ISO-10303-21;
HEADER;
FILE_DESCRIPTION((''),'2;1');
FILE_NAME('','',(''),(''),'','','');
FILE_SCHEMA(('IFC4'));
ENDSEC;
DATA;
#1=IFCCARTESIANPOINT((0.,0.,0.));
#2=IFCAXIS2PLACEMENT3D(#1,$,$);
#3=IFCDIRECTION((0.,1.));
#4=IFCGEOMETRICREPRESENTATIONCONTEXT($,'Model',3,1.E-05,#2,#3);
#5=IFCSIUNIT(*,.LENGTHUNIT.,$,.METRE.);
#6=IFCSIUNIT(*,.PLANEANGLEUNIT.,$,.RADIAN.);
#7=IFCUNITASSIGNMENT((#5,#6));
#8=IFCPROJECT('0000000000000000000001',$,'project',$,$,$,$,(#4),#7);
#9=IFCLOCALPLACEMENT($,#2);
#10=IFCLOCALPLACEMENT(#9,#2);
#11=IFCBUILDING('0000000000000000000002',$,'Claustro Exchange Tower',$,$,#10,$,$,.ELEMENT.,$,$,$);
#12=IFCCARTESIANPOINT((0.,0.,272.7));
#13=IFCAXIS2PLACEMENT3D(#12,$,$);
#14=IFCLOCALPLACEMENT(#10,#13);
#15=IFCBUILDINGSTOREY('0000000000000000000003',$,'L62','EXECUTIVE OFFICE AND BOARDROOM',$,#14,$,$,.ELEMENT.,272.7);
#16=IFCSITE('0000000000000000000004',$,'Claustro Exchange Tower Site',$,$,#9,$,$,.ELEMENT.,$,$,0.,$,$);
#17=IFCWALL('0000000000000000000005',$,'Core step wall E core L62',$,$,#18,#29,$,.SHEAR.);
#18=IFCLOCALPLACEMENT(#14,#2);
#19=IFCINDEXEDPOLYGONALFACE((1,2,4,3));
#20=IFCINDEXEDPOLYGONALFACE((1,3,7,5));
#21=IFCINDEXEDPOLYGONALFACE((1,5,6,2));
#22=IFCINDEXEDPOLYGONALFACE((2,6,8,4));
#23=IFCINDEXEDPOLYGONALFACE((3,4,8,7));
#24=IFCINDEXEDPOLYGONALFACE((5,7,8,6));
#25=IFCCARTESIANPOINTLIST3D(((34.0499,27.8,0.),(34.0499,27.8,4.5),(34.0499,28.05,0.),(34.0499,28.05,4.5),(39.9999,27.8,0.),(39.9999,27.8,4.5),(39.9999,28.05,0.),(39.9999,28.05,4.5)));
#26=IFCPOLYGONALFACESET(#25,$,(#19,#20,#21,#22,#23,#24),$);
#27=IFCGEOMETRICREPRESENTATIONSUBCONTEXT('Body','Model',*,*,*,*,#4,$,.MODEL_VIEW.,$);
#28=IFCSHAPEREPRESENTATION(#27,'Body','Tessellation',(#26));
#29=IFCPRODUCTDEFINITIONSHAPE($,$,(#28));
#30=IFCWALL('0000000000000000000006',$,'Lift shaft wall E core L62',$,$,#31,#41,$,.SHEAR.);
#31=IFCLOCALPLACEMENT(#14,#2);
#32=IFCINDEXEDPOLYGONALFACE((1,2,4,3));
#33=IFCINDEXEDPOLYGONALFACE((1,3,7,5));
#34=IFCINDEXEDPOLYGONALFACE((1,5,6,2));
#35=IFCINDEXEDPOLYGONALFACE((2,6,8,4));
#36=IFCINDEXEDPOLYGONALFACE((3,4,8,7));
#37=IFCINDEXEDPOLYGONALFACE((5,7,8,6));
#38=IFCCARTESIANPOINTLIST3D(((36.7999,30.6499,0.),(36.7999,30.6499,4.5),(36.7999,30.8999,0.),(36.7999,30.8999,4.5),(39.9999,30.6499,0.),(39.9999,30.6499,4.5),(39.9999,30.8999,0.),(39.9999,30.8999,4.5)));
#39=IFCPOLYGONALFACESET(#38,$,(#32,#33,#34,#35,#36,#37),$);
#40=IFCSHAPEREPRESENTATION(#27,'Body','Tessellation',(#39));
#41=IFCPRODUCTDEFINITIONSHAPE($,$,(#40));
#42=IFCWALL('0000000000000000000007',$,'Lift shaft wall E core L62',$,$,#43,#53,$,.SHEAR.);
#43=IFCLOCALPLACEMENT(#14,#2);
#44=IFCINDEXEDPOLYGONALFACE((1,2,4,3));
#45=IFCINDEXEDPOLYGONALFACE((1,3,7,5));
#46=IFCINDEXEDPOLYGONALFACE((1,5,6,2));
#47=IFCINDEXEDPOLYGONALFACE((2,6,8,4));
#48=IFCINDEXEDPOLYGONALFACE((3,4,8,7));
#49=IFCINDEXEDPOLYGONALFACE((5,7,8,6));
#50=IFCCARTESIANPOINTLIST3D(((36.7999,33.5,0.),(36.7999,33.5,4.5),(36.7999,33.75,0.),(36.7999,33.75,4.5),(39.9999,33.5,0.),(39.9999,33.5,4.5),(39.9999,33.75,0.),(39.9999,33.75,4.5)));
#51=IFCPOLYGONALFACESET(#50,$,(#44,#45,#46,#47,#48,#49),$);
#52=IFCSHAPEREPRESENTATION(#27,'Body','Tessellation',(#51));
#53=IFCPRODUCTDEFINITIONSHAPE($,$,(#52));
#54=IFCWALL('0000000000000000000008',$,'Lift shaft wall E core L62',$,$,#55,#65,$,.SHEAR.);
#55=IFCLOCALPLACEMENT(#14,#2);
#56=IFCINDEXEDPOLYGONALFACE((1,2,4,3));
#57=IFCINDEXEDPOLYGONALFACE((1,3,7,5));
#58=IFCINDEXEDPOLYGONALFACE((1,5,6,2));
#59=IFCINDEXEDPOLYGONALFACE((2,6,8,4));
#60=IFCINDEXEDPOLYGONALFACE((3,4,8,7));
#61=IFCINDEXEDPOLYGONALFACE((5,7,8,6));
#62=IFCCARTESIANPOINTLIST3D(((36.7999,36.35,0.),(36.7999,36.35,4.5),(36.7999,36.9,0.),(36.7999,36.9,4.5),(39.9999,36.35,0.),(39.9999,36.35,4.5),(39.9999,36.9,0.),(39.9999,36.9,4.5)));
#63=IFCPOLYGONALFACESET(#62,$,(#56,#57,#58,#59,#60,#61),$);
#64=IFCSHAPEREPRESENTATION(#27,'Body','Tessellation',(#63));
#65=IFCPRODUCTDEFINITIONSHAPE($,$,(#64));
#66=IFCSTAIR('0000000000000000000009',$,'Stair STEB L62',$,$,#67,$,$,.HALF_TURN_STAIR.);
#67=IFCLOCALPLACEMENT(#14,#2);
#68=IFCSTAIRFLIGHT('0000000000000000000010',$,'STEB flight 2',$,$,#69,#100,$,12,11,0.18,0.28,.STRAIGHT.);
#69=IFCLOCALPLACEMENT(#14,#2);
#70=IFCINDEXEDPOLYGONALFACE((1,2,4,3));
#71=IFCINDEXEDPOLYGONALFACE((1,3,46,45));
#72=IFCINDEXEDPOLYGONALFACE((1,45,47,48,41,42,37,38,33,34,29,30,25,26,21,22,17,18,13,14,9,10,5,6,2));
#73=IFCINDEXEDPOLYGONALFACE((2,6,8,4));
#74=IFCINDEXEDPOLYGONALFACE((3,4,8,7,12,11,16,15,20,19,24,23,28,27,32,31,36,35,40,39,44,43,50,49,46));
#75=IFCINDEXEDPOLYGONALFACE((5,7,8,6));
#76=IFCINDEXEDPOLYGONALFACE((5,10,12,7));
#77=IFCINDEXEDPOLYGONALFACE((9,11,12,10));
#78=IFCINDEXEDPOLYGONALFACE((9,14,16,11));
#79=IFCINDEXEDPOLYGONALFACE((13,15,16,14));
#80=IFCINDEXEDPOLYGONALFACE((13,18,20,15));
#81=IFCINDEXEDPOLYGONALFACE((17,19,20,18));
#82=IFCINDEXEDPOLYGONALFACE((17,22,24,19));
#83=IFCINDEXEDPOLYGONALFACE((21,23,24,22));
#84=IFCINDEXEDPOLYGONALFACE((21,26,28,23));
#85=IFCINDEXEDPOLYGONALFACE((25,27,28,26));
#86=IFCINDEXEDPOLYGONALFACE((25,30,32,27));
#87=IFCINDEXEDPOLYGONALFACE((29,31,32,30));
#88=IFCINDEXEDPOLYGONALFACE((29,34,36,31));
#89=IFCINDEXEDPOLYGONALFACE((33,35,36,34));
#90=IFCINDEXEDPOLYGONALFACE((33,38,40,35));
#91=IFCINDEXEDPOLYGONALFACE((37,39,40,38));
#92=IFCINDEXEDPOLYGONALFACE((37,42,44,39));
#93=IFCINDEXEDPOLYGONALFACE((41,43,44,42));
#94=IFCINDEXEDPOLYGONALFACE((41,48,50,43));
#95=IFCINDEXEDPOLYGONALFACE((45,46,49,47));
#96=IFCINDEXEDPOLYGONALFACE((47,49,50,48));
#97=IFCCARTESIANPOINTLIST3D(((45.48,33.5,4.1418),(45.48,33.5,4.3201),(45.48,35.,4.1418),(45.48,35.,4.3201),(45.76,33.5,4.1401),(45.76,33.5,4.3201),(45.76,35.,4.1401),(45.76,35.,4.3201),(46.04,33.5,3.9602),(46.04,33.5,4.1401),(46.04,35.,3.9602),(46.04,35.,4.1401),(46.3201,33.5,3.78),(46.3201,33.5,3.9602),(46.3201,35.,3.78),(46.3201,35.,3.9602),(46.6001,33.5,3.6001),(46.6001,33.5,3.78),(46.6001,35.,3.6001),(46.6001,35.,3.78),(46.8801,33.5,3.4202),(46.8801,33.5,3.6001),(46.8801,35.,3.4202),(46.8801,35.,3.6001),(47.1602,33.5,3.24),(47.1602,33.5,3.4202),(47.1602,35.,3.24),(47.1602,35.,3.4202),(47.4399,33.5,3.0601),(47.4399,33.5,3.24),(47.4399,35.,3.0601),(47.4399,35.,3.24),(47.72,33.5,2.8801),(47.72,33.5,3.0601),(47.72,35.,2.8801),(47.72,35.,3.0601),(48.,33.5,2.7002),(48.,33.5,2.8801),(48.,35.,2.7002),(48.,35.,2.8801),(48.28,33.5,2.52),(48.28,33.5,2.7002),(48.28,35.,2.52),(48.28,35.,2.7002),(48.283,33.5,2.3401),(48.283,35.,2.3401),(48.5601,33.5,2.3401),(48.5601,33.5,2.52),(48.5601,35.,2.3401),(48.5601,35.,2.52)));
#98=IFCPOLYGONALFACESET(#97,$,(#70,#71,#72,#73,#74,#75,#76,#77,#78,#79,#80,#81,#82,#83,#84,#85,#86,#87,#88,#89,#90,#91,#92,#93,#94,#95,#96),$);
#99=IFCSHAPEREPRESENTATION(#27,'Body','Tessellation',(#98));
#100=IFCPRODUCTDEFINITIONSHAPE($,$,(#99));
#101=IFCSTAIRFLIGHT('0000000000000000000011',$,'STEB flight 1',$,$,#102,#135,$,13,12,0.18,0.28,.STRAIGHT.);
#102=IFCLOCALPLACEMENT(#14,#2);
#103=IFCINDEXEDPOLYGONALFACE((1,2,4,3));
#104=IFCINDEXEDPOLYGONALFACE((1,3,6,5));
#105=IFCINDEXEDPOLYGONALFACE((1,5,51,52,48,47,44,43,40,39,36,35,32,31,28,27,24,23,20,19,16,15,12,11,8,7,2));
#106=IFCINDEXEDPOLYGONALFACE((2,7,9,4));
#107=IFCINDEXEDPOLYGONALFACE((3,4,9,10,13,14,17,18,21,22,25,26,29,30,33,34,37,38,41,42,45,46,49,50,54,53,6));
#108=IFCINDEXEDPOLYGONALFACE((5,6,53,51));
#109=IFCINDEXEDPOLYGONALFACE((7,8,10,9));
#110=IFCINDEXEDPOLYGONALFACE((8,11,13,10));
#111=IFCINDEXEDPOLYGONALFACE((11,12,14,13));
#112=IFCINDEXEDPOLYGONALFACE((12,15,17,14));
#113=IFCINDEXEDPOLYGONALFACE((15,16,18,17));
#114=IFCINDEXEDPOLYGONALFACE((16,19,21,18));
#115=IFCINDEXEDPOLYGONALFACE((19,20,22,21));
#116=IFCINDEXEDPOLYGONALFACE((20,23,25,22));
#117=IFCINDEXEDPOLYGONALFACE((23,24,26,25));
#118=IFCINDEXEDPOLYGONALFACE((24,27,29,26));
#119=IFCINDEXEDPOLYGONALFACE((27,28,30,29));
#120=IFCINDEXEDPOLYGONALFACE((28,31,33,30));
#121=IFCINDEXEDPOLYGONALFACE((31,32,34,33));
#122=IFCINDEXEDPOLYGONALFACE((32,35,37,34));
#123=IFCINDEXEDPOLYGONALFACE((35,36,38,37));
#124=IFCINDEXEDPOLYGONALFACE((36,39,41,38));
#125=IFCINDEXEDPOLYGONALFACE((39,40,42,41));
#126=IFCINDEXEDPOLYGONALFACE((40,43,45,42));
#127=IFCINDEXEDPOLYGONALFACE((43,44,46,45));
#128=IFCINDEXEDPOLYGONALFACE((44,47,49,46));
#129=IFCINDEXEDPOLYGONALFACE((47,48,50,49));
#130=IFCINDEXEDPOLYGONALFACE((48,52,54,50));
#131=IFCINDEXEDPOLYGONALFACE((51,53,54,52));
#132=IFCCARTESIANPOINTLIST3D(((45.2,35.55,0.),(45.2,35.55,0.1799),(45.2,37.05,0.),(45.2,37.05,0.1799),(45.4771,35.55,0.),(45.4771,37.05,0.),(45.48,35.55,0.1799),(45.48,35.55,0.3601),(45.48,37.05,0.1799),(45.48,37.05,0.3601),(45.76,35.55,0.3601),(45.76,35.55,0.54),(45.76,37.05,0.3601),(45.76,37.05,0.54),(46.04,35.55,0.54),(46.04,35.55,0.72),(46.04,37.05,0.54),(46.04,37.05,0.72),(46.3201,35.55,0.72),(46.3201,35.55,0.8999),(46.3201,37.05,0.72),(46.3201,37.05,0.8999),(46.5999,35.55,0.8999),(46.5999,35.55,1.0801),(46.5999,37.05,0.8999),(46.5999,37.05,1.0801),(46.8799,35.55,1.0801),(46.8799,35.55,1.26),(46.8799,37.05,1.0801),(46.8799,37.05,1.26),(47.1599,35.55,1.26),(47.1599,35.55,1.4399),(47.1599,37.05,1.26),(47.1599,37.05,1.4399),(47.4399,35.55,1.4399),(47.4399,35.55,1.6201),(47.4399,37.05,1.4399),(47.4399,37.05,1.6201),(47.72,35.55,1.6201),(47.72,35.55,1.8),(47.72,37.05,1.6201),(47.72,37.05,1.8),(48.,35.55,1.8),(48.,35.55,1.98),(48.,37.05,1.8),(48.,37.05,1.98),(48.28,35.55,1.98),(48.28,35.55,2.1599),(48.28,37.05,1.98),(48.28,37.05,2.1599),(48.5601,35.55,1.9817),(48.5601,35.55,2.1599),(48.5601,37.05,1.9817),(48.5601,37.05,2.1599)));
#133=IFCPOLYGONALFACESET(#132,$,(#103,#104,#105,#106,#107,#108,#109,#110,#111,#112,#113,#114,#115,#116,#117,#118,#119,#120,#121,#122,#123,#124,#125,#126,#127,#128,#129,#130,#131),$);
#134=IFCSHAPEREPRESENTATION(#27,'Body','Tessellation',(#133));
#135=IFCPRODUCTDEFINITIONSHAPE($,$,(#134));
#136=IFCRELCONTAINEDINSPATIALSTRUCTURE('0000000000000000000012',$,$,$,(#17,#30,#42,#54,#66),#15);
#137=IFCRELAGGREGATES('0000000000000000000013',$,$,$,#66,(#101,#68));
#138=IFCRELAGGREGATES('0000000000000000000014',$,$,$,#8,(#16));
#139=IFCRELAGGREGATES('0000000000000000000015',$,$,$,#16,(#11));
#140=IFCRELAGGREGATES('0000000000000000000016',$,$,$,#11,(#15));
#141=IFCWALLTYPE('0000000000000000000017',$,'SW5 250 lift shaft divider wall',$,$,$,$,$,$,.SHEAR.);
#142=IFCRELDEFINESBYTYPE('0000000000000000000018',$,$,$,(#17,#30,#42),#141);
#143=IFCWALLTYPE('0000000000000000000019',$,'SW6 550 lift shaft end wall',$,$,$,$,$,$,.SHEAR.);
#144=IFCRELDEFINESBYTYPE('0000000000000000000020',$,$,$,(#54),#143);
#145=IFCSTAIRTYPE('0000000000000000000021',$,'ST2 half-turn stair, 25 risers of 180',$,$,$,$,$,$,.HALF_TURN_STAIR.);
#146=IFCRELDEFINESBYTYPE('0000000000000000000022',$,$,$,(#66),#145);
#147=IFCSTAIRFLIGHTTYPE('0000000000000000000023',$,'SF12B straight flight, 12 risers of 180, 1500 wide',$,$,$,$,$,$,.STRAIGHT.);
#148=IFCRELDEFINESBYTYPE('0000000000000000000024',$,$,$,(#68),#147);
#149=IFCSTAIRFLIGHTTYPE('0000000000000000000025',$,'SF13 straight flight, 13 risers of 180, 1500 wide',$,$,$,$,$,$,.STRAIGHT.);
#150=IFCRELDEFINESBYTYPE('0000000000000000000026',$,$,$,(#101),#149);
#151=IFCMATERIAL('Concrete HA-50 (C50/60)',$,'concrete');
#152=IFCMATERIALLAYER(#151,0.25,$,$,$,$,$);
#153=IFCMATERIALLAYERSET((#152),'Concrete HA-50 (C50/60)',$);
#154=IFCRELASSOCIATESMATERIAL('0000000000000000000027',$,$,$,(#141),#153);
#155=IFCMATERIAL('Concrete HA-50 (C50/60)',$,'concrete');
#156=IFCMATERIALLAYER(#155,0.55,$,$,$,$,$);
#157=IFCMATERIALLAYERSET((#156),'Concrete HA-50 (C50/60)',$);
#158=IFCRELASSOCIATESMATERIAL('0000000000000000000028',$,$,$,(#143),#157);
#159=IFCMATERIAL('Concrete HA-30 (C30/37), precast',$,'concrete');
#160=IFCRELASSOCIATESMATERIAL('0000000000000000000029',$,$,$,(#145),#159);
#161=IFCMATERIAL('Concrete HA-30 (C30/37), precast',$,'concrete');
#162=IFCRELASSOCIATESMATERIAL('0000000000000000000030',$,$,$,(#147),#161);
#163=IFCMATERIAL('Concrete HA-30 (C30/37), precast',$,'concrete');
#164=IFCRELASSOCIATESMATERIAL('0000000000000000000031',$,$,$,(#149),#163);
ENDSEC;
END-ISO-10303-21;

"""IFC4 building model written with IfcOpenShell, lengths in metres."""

from ifc_helpers import new_model, si_unit, direction, frame, frame_2d, origin, place, context, subcontext, project, spatial, polyline, rectangle, outline, extrude, material, layer, layer_set, type_object, element, aggregate, save


model = new_model("IFC4")

# Units and contexts
model_context = context("Model", 3, precision=1e-05, world=origin(), true_north=direction((0.0, 1.0)))
body_context = subcontext(model_context, "Body", "Model", "MODEL_VIEW")
ifc_project = project(units=[si_unit("LENGTHUNIT", "METRE"), si_unit("PLANEANGLEUNIT", "RADIAN")], contexts=[model_context])

# Site, building, storey
site_placement = place(None, origin())
site = spatial("IfcSite", under=ifc_project, at=site_placement, Name="Claustro Exchange Tower Site", CompositionType="ELEMENT", RefElevation=0.0)
building_placement = place(site_placement, origin())
building = spatial("IfcBuilding", under=site, at=building_placement, Name="Claustro Exchange Tower", CompositionType="ELEMENT")
storey_placement = place(building_placement, frame((0.0, 0.0, 272.7)))
storey = spatial("IfcBuildingStorey", under=building, at=storey_placement, Name="L62", Description="EXECUTIVE OFFICE AND BOARDROOM", CompositionType="ELEMENT", Elevation=272.7)

# Walls
ifc_material_1 = material(Name="Concrete HA-50 (C50/60)", Category="concrete")
ifc_layer_1 = layer(ifc_material_1, 0.25)
ifc_layer_set_1 = layer_set([ifc_layer_1], Name="Concrete HA-50 (C50/60)")
wall_type_1 = type_object("IfcWallType", Name="SW5 250 lift shaft divider wall", PredefinedType="SHEAR", material=ifc_layer_set_1)
wall_1_placement = place(storey_placement, frame((40.0, 27.925, 0.0), z_axis=(0.0, 0.0, 1.0), x_axis=(-1.0, 0.0, 0.0)))
element("IfcWall", 1, at=wall_1_placement, inside=storey, type_object=wall_type_1, Name="Core step wall E core L62", PredefinedType="SHEAR", context=body_context, shape_type="SweptSolid", body=[
    extrude(rectangle(XDim=5.95, YDim=0.25, at=frame_2d((2.9751, 0.0))), origin(), (0.0, 0.0, 1.0), 4.5),
])
for number, where, z_axis, x_axis, name in (
    (2, (40.0, 30.7749, 0.0), (0.0, 0.0, 1.0), (-1.0, 0.0, 0.0), "Lift shaft wall E core L62"),
    (3, (40.0, 33.625, 0.0), (0.0, 0.0, 1.0), (-1.0, 0.0, 0.0), "Lift shaft wall E core L62"),
):
    element("IfcWall", number, at=place(storey_placement, frame(where, z_axis=z_axis, x_axis=x_axis)), inside=storey, type_object=wall_type_1, Name=name, PredefinedType="SHEAR", context=body_context, shape_type="SweptSolid", body=[
        extrude(rectangle(XDim=3.2, YDim=0.25, at=frame_2d((1.6001, 0.0))), origin(), (0.0, 0.0, 1.0), 4.5),
    ])
ifc_material_2 = material(Name="Concrete HA-50 (C50/60)", Category="concrete")
ifc_layer_2 = layer(ifc_material_2, 0.55)
ifc_layer_set_2 = layer_set([ifc_layer_2], Name="Concrete HA-50 (C50/60)")
wall_type_2 = type_object("IfcWallType", Name="SW6 550 lift shaft end wall", PredefinedType="SHEAR", material=ifc_layer_set_2)
wall_2_placement = place(storey_placement, frame((40.0, 36.625, 0.0), z_axis=(0.0, 0.0, 1.0), x_axis=(-1.0, 0.0, 0.0)))
element("IfcWall", 4, at=wall_2_placement, inside=storey, type_object=wall_type_2, Name="Lift shaft wall E core L62", PredefinedType="SHEAR", context=body_context, shape_type="SweptSolid", body=[
    extrude(rectangle(XDim=3.2, YDim=0.55, at=frame_2d((1.6001, 0.0))), origin(), (0.0, 0.0, 1.0), 4.5),
])

# Stair, stair flights
ifc_material_3 = material(Name="Concrete HA-30 (C30/37), precast", Category="concrete")
stair_type = type_object("IfcStairType", Name="ST2 half-turn stair, 25 risers of 180", PredefinedType="HALF_TURN_STAIR", material=ifc_material_3)
stair_placement = place(storey_placement, origin())
stair = element("IfcStair", 5, at=stair_placement, inside=storey, type_object=stair_type, Name="Stair STEB L62", PredefinedType="HALF_TURN_STAIR")
ifc_material_4 = material(Name="Concrete HA-30 (C30/37), precast", Category="concrete")
stair_flight_type_1 = type_object("IfcStairFlightType", Name="SF12B straight flight, 12 risers of 180, 1500 wide", PredefinedType="STRAIGHT", material=ifc_material_4)
stair_flight_1_placement = place(storey_placement, frame((48.5601, 34.25, 2.3401), z_axis=(0.0, 0.0, 1.0), x_axis=(-1.0, 0.0, 0.0)))
stair_flight_1 = element("IfcStairFlight", 6, at=stair_flight_1_placement, type_object=stair_flight_type_1, Name="STEB flight 2", NumberOfRisers=12, NumberOfTreads=11, PredefinedType="STRAIGHT", RiserHeight=0.18, TreadLength=0.28, context=body_context, shape_type="SweptSolid", body=[
    extrude(outline(polyline([(0.0, 0.0), (0.0, 0.1799), (0.28, 0.1799), (0.28, 0.3601), (0.5601, 0.3601), (0.5601, 0.54), (0.8401, 0.54), (0.8401, 0.72), (1.1201, 0.72), (1.1201, 0.8999), (1.3999, 0.8999), (1.3999, 1.0801), (1.6799, 1.0801), (1.6799, 1.26), (1.96, 1.26), (1.96, 1.4399), (2.24, 1.4399), (2.24, 1.6201), (2.52, 1.6201), (2.52, 1.8), (2.8, 1.8), (2.8, 1.98), (3.0801, 1.98), (3.0801, 2.1599), (3.0801, 1.8018), (0.2771, 0.0), (0.0, 0.0)])), frame((0.0, 0.75, 0.0), z_axis=(0.0, -1.0, 0.0), x_axis=(1.0, 0.0, 0.0)), (0.0, 0.0, 1.0), 1.5),
])
ifc_material_5 = material(Name="Concrete HA-30 (C30/37), precast", Category="concrete")
stair_flight_type_2 = type_object("IfcStairFlightType", Name="SF13 straight flight, 13 risers of 180, 1500 wide", PredefinedType="STRAIGHT", material=ifc_material_5)
stair_flight_2_placement = place(storey_placement, frame((45.2, 36.3, 0.0), z_axis=(0.0, 0.0, 1.0), x_axis=(1.0, 0.0, 0.0)))
stair_flight_2 = element("IfcStairFlight", 7, at=stair_flight_2_placement, type_object=stair_flight_type_2, Name="STEB flight 1", NumberOfRisers=13, NumberOfTreads=12, PredefinedType="STRAIGHT", RiserHeight=0.18, TreadLength=0.28, context=body_context, shape_type="SweptSolid", body=[
    extrude(outline(polyline([(0.0, 0.0), (0.0, 0.1799), (0.28, 0.1799), (0.28, 0.3601), (0.5601, 0.3601), (0.5601, 0.54), (0.8401, 0.54), (0.8401, 0.72), (1.1201, 0.72), (1.1201, 0.8999), (1.3999, 0.8999), (1.3999, 1.0801), (1.6799, 1.0801), (1.6799, 1.26), (1.96, 1.26), (1.96, 1.4399), (2.24, 1.4399), (2.24, 1.6201), (2.52, 1.6201), (2.52, 1.8), (2.8, 1.8), (2.8, 1.98), (3.0801, 1.98), (3.0801, 2.1599), (3.3601, 2.1599), (3.3601, 2.3401), (3.3601, 1.9817), (0.2771, 0.0), (0.0, 0.0)])), frame((0.0, 0.75, 0.0), z_axis=(0.0, -1.0, 0.0), x_axis=(1.0, 0.0, 0.0)), (0.0, 0.0, 1.0), 1.5),
])
aggregate(stair, [stair_flight_2, stair_flight_1])

save(model, "model.ifc")
